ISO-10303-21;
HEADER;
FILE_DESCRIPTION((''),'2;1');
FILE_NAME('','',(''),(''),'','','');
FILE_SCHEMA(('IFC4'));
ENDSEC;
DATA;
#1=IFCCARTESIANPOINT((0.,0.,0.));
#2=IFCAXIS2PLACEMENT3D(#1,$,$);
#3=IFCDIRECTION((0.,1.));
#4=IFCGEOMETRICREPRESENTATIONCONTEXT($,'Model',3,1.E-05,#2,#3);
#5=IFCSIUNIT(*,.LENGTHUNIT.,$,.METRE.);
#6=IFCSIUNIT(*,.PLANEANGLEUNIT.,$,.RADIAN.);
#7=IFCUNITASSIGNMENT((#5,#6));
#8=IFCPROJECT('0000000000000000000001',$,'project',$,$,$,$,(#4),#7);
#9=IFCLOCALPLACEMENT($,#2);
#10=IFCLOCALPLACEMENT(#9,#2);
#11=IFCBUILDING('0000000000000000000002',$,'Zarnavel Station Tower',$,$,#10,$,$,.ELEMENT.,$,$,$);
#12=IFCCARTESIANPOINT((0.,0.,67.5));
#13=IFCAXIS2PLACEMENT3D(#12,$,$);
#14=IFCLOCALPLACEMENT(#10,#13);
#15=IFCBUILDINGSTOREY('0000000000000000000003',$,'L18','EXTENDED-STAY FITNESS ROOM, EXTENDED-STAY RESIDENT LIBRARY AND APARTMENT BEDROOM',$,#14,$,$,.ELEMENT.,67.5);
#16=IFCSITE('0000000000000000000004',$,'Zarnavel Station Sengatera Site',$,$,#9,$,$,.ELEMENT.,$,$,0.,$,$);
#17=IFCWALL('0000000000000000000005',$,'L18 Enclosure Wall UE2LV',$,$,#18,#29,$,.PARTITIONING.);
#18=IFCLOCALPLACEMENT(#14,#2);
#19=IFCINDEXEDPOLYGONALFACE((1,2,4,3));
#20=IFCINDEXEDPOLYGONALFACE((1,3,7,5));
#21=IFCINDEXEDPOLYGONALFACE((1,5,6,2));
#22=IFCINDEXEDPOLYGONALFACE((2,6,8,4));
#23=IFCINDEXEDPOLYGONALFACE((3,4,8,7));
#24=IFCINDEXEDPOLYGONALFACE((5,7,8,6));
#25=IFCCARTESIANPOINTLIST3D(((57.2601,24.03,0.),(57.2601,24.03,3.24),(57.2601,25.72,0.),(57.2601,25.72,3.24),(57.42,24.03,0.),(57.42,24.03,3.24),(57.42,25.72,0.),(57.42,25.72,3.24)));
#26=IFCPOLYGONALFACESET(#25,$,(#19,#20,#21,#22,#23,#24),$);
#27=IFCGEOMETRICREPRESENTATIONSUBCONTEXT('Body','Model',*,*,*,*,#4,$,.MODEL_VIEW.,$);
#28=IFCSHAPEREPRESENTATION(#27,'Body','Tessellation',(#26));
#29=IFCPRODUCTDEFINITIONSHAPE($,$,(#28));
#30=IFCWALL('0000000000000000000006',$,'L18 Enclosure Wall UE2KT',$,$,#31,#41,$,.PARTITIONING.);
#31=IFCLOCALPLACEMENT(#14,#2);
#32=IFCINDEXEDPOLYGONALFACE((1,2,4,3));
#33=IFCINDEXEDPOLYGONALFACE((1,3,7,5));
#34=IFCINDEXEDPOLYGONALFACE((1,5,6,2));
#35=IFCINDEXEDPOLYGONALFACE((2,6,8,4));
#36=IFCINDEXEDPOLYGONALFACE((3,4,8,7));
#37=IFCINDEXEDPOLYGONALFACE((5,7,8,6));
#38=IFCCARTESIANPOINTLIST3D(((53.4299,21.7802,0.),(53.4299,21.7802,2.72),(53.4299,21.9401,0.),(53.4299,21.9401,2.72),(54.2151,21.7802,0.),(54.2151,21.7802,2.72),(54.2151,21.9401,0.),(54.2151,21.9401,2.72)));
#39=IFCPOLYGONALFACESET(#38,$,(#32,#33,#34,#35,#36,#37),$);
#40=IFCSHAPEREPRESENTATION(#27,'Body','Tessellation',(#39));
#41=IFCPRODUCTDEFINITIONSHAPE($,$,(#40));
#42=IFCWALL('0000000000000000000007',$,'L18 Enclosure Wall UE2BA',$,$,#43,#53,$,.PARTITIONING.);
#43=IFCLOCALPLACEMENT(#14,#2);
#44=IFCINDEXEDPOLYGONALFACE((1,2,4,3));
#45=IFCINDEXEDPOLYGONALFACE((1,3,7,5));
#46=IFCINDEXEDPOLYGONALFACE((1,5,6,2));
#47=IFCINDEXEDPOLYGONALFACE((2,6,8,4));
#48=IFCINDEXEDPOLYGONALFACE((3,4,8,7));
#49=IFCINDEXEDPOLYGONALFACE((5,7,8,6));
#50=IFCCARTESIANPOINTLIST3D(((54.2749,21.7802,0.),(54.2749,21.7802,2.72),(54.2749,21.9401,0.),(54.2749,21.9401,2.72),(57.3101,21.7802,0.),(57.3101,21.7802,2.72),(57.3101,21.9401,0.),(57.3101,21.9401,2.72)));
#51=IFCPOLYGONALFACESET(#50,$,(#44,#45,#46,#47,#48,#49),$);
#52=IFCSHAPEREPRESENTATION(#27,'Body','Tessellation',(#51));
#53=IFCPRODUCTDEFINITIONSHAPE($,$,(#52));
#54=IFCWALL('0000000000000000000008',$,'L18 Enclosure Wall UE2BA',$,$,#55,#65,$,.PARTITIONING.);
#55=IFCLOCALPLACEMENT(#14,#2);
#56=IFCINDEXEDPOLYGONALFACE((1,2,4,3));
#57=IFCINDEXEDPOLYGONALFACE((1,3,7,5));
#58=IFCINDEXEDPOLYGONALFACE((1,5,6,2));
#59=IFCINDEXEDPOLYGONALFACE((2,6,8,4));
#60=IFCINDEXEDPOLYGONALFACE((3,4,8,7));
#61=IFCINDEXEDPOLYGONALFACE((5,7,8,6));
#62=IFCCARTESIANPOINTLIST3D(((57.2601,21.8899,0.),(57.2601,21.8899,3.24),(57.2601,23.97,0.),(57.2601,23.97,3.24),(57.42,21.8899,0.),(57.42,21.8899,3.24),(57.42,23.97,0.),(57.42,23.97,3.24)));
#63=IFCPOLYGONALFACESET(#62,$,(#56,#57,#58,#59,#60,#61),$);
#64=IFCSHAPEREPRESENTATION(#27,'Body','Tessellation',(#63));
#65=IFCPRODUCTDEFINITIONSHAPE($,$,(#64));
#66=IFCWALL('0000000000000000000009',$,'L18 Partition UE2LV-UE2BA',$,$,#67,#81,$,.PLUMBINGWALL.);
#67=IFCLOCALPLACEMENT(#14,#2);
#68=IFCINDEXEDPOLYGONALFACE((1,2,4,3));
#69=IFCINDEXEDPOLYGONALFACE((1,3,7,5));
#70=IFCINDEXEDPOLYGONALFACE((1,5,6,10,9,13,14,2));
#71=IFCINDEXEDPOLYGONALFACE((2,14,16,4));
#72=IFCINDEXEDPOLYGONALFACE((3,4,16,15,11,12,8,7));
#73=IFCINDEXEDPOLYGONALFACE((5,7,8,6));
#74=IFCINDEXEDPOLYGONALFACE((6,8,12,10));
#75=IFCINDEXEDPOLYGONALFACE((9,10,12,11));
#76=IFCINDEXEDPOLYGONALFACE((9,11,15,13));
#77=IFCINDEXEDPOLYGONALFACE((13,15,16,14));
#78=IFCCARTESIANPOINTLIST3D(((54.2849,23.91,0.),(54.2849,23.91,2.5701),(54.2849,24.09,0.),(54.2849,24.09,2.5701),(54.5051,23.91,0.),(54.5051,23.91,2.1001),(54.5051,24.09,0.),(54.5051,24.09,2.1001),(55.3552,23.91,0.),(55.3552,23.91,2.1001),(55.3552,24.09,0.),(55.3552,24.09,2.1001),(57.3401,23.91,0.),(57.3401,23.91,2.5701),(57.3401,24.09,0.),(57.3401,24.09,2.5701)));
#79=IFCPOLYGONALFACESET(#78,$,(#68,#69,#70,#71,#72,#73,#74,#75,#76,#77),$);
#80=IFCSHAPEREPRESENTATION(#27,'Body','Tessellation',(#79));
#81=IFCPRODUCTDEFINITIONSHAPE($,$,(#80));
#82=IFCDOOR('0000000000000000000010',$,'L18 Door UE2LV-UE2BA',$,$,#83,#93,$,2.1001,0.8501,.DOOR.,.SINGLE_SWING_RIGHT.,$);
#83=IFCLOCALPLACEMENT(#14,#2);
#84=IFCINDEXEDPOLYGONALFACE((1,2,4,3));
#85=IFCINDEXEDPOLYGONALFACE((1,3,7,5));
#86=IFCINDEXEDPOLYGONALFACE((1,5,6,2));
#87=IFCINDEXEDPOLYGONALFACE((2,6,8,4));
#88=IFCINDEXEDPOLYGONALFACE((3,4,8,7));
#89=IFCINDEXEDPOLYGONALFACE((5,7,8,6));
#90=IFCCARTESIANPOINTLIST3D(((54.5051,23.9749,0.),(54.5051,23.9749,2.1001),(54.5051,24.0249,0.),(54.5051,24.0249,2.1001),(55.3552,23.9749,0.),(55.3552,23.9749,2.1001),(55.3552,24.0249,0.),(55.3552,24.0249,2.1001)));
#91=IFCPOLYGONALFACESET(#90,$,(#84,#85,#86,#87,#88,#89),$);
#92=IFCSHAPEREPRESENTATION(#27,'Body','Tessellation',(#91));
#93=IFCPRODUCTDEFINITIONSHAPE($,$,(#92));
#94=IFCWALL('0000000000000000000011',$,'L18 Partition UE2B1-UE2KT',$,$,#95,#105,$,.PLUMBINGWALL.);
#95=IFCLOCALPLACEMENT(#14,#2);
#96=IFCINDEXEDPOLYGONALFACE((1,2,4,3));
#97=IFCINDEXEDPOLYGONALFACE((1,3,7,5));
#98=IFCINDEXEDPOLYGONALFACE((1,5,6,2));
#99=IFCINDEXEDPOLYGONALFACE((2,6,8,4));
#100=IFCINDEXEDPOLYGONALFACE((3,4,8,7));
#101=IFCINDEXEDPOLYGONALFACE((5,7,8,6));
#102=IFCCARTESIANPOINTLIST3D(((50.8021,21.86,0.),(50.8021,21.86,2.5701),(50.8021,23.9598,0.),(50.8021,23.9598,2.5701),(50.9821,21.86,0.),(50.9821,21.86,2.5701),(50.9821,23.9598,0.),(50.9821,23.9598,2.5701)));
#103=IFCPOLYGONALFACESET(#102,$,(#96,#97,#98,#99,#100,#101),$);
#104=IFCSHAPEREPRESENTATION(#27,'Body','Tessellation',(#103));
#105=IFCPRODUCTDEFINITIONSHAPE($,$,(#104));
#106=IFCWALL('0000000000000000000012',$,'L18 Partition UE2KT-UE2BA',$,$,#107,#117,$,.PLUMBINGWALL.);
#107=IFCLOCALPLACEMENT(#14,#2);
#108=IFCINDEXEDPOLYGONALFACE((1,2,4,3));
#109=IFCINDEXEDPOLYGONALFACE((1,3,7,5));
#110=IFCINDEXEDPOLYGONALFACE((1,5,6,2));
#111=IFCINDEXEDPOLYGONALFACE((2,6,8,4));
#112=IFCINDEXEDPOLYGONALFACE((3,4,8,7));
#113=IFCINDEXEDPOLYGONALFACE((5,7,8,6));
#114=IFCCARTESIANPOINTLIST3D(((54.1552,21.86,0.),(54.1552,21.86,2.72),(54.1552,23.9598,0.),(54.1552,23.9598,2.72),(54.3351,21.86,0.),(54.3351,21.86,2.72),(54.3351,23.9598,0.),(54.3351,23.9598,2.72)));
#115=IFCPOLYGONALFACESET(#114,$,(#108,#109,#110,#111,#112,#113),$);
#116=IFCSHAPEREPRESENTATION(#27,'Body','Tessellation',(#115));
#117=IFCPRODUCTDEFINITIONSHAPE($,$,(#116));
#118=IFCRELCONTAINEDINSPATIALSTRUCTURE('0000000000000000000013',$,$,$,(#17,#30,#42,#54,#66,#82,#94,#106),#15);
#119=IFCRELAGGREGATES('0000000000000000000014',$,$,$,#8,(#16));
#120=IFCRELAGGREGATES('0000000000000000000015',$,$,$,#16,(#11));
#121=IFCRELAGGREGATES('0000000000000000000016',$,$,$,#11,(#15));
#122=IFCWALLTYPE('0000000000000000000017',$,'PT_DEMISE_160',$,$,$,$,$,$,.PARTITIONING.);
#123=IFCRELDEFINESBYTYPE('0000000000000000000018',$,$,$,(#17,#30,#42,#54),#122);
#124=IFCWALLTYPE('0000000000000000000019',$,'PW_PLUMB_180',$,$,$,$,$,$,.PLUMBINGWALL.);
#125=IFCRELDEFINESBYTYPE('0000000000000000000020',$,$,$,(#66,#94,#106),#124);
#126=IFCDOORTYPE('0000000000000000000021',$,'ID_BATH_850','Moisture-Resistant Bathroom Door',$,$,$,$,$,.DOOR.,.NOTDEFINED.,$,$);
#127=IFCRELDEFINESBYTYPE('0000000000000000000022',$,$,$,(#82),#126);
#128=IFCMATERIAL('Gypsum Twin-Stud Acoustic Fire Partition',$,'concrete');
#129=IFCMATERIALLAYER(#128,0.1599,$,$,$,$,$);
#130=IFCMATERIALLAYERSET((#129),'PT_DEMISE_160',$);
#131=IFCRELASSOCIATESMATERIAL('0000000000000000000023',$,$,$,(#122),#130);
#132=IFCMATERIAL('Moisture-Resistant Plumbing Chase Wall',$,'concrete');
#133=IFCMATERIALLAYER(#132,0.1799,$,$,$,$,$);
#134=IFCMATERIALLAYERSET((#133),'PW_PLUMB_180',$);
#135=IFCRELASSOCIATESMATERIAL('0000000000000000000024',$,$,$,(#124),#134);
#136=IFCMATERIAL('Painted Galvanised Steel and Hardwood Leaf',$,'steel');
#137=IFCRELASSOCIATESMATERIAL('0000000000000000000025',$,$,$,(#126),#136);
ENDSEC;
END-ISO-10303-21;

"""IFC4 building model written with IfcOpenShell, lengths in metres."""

from ifc_helpers import new_model, si_unit, direction, frame, frame_2d, origin, place, context, subcontext, project, spatial, rectangle, extrude, material, layer, layer_set, type_object, element, fill, save


model = new_model("IFC4")

# Units and contexts
model_context = context("Model", 3, precision=1e-05, world=origin(), true_north=direction((0.0, 1.0)))
body_context = subcontext(model_context, "Body", "Model", "MODEL_VIEW")
ifc_project = project(units=[si_unit("LENGTHUNIT", "METRE"), si_unit("PLANEANGLEUNIT", "RADIAN")], contexts=[model_context])

# Site, building, storey
site_placement = place(None, origin())
site = spatial("IfcSite", under=ifc_project, at=site_placement, Name="Zarnavel Station Sengatera Site", CompositionType="ELEMENT", RefElevation=0.0)
building_placement = place(site_placement, origin())
building = spatial("IfcBuilding", under=site, at=building_placement, Name="Zarnavel Station Tower", CompositionType="ELEMENT")
storey_placement = place(building_placement, frame((0.0, 0.0, 67.5)))
storey = spatial("IfcBuildingStorey", under=building, at=storey_placement, Name="L18", Description="EXTENDED-STAY FITNESS ROOM, EXTENDED-STAY RESIDENT LIBRARY AND APARTMENT BEDROOM", CompositionType="ELEMENT", Elevation=67.5)

# Shared definitions
ifc_material_1 = material(Name="Gypsum Twin-Stud Acoustic Fire Partition", Category="concrete")
ifc_layer_1 = layer(ifc_material_1, 0.1599)
ifc_layer_set_1 = layer_set([ifc_layer_1], Name="PT_DEMISE_160")
wall_type_1 = type_object("IfcWallType", Name="PT_DEMISE_160", PredefinedType="PARTITIONING", material=ifc_layer_set_1)

# Walls
wall_1_placement = place(storey_placement, frame((57.3401, 24.03, 0.0), z_axis=(0.0, 0.0, 1.0), x_axis=(0.0, 1.0, 0.0)))
element("IfcWall", 1, at=wall_1_placement, inside=storey, type_object=wall_type_1, Name="L18 Enclosure Wall UE2LV", PredefinedType="PARTITIONING", context=body_context, shape_type="SweptSolid", body=[
    extrude(rectangle(XDim=1.6899, YDim=0.1599, at=frame_2d((0.845, 0.0))), origin(), (0.0, 0.0, 1.0), 3.24),
])
wall_2_placement = place(storey_placement, frame((53.4299, 21.8601, 0.0), z_axis=(0.0, 0.0, 1.0), x_axis=(1.0, 0.0, 0.0)))
element("IfcWall", 2, at=wall_2_placement, inside=storey, type_object=wall_type_1, Name="L18 Enclosure Wall UE2KT", PredefinedType="PARTITIONING", context=body_context, shape_type="SweptSolid", body=[
    extrude(rectangle(XDim=0.7852, YDim=0.1599, at=frame_2d((0.3926, 0.0))), origin(), (0.0, 0.0, 1.0), 2.72),
])
wall_3_placement = place(storey_placement, frame((54.2749, 21.8601, 0.0), z_axis=(0.0, 0.0, 1.0), x_axis=(1.0, 0.0, 0.0)))
element("IfcWall", 3, at=wall_3_placement, inside=storey, type_object=wall_type_1, Name="L18 Enclosure Wall UE2BA", PredefinedType="PARTITIONING", context=body_context, shape_type="SweptSolid", body=[
    extrude(rectangle(XDim=3.0352, YDim=0.1599, at=frame_2d((1.5176, 0.0))), origin(), (0.0, 0.0, 1.0), 2.72),
])
wall_4_placement = place(storey_placement, frame((57.3401, 21.8899, 0.0), z_axis=(0.0, 0.0, 1.0), x_axis=(0.0, 1.0, 0.0)))
element("IfcWall", 4, at=wall_4_placement, inside=storey, type_object=wall_type_1, Name="L18 Enclosure Wall UE2BA", PredefinedType="PARTITIONING", context=body_context, shape_type="SweptSolid", body=[
    extrude(rectangle(XDim=2.0801, YDim=0.1599, at=frame_2d((1.04, 0.0))), origin(), (0.0, 0.0, 1.0), 3.24),
])

# Wall, opening, door
ifc_material_2 = material(Name="Moisture-Resistant Plumbing Chase Wall", Category="concrete")
ifc_layer_2 = layer(ifc_material_2, 0.1799)
ifc_layer_set_2 = layer_set([ifc_layer_2], Name="PW_PLUMB_180")
wall_type_2 = type_object("IfcWallType", Name="PW_PLUMB_180", PredefinedType="PLUMBINGWALL", material=ifc_layer_set_2)
wall_5_placement = place(storey_placement, frame((54.2849, 24.0, 0.0), z_axis=(0.0, 0.0, 1.0), x_axis=(1.0, 0.0, 0.0)))
wall_5 = element("IfcWall", 5, at=wall_5_placement, inside=storey, type_object=wall_type_2, Name="L18 Partition UE2LV-UE2BA", PredefinedType="PLUMBINGWALL", context=body_context, shape_type="SweptSolid", body=[
    extrude(rectangle(XDim=3.0552, YDim=0.1799, at=frame_2d((1.5276, 0.0))), origin(), (0.0, 0.0, 1.0), 2.5701),
])
opening_1_placement = place(wall_5_placement, frame((0.2202, 0.0, 0.0)))
opening_1 = element("IfcOpeningElement", 6, at=opening_1_placement, cuts=wall_5, PredefinedType="OPENING", context=body_context, shape_type="SweptSolid", body=[
    extrude(rectangle(XDim=0.8501, YDim=2.1001, at=frame_2d((0.425, 1.05))), frame((0.0, 0.0999, 0.0), z_axis=(0.0, -1.0, 0.0), x_axis=(1.0, 0.0, 0.0)), (0.0, 0.0, 1.0), 0.2),
])
ifc_material_3 = material(Name="Painted Galvanised Steel and Hardwood Leaf", Category="steel")
door_type_1 = type_object("IfcDoorType", Name="ID_BATH_850", Description="Moisture-Resistant Bathroom Door", OperationType="NOTDEFINED", PredefinedType="DOOR", material=ifc_material_3)
door_1_placement = place(opening_1_placement, origin())
door_1 = element("IfcDoor", 7, at=door_1_placement, inside=storey, type_object=door_type_1, Name="L18 Door UE2LV-UE2BA", OperationType="SINGLE_SWING_RIGHT", OverallHeight=2.1001, OverallWidth=0.8501, PredefinedType="DOOR", context=body_context, shape_type="SweptSolid", body=[
    extrude(rectangle(XDim=0.8501, YDim=2.1001, at=frame_2d((0.425, 1.05))), frame((0.0, 0.0249, 0.0), z_axis=(0.0, -1.0, 0.0), x_axis=(1.0, 0.0, 0.0)), (0.0, 0.0, 1.0), 0.05),
])
fill(opening_1, door_1)

# Walls
wall_6_placement = place(storey_placement, frame((50.8921, 21.8601, 0.0), z_axis=(0.0, 0.0, 1.0), x_axis=(0.0, 1.0, 0.0)))
element("IfcWall", 8, at=wall_6_placement, inside=storey, type_object=wall_type_2, Name="L18 Partition UE2B1-UE2KT", PredefinedType="PLUMBINGWALL", context=body_context, shape_type="SweptSolid", body=[
    extrude(rectangle(XDim=2.0999, YDim=0.1799, at=frame_2d((1.0498, 0.0))), origin(), (0.0, 0.0, 1.0), 2.5701),
])
wall_7_placement = place(storey_placement, frame((54.2451, 21.8601, 0.0), z_axis=(0.0, 0.0, 1.0), x_axis=(0.0, 1.0, 0.0)))
element("IfcWall", 9, at=wall_7_placement, inside=storey, type_object=wall_type_2, Name="L18 Partition UE2KT-UE2BA", PredefinedType="PLUMBINGWALL", context=body_context, shape_type="SweptSolid", body=[
    extrude(rectangle(XDim=2.0999, YDim=0.1799, at=frame_2d((1.0498, 0.0))), origin(), (0.0, 0.0, 1.0), 2.72),
])

save(model, "model.ifc")
